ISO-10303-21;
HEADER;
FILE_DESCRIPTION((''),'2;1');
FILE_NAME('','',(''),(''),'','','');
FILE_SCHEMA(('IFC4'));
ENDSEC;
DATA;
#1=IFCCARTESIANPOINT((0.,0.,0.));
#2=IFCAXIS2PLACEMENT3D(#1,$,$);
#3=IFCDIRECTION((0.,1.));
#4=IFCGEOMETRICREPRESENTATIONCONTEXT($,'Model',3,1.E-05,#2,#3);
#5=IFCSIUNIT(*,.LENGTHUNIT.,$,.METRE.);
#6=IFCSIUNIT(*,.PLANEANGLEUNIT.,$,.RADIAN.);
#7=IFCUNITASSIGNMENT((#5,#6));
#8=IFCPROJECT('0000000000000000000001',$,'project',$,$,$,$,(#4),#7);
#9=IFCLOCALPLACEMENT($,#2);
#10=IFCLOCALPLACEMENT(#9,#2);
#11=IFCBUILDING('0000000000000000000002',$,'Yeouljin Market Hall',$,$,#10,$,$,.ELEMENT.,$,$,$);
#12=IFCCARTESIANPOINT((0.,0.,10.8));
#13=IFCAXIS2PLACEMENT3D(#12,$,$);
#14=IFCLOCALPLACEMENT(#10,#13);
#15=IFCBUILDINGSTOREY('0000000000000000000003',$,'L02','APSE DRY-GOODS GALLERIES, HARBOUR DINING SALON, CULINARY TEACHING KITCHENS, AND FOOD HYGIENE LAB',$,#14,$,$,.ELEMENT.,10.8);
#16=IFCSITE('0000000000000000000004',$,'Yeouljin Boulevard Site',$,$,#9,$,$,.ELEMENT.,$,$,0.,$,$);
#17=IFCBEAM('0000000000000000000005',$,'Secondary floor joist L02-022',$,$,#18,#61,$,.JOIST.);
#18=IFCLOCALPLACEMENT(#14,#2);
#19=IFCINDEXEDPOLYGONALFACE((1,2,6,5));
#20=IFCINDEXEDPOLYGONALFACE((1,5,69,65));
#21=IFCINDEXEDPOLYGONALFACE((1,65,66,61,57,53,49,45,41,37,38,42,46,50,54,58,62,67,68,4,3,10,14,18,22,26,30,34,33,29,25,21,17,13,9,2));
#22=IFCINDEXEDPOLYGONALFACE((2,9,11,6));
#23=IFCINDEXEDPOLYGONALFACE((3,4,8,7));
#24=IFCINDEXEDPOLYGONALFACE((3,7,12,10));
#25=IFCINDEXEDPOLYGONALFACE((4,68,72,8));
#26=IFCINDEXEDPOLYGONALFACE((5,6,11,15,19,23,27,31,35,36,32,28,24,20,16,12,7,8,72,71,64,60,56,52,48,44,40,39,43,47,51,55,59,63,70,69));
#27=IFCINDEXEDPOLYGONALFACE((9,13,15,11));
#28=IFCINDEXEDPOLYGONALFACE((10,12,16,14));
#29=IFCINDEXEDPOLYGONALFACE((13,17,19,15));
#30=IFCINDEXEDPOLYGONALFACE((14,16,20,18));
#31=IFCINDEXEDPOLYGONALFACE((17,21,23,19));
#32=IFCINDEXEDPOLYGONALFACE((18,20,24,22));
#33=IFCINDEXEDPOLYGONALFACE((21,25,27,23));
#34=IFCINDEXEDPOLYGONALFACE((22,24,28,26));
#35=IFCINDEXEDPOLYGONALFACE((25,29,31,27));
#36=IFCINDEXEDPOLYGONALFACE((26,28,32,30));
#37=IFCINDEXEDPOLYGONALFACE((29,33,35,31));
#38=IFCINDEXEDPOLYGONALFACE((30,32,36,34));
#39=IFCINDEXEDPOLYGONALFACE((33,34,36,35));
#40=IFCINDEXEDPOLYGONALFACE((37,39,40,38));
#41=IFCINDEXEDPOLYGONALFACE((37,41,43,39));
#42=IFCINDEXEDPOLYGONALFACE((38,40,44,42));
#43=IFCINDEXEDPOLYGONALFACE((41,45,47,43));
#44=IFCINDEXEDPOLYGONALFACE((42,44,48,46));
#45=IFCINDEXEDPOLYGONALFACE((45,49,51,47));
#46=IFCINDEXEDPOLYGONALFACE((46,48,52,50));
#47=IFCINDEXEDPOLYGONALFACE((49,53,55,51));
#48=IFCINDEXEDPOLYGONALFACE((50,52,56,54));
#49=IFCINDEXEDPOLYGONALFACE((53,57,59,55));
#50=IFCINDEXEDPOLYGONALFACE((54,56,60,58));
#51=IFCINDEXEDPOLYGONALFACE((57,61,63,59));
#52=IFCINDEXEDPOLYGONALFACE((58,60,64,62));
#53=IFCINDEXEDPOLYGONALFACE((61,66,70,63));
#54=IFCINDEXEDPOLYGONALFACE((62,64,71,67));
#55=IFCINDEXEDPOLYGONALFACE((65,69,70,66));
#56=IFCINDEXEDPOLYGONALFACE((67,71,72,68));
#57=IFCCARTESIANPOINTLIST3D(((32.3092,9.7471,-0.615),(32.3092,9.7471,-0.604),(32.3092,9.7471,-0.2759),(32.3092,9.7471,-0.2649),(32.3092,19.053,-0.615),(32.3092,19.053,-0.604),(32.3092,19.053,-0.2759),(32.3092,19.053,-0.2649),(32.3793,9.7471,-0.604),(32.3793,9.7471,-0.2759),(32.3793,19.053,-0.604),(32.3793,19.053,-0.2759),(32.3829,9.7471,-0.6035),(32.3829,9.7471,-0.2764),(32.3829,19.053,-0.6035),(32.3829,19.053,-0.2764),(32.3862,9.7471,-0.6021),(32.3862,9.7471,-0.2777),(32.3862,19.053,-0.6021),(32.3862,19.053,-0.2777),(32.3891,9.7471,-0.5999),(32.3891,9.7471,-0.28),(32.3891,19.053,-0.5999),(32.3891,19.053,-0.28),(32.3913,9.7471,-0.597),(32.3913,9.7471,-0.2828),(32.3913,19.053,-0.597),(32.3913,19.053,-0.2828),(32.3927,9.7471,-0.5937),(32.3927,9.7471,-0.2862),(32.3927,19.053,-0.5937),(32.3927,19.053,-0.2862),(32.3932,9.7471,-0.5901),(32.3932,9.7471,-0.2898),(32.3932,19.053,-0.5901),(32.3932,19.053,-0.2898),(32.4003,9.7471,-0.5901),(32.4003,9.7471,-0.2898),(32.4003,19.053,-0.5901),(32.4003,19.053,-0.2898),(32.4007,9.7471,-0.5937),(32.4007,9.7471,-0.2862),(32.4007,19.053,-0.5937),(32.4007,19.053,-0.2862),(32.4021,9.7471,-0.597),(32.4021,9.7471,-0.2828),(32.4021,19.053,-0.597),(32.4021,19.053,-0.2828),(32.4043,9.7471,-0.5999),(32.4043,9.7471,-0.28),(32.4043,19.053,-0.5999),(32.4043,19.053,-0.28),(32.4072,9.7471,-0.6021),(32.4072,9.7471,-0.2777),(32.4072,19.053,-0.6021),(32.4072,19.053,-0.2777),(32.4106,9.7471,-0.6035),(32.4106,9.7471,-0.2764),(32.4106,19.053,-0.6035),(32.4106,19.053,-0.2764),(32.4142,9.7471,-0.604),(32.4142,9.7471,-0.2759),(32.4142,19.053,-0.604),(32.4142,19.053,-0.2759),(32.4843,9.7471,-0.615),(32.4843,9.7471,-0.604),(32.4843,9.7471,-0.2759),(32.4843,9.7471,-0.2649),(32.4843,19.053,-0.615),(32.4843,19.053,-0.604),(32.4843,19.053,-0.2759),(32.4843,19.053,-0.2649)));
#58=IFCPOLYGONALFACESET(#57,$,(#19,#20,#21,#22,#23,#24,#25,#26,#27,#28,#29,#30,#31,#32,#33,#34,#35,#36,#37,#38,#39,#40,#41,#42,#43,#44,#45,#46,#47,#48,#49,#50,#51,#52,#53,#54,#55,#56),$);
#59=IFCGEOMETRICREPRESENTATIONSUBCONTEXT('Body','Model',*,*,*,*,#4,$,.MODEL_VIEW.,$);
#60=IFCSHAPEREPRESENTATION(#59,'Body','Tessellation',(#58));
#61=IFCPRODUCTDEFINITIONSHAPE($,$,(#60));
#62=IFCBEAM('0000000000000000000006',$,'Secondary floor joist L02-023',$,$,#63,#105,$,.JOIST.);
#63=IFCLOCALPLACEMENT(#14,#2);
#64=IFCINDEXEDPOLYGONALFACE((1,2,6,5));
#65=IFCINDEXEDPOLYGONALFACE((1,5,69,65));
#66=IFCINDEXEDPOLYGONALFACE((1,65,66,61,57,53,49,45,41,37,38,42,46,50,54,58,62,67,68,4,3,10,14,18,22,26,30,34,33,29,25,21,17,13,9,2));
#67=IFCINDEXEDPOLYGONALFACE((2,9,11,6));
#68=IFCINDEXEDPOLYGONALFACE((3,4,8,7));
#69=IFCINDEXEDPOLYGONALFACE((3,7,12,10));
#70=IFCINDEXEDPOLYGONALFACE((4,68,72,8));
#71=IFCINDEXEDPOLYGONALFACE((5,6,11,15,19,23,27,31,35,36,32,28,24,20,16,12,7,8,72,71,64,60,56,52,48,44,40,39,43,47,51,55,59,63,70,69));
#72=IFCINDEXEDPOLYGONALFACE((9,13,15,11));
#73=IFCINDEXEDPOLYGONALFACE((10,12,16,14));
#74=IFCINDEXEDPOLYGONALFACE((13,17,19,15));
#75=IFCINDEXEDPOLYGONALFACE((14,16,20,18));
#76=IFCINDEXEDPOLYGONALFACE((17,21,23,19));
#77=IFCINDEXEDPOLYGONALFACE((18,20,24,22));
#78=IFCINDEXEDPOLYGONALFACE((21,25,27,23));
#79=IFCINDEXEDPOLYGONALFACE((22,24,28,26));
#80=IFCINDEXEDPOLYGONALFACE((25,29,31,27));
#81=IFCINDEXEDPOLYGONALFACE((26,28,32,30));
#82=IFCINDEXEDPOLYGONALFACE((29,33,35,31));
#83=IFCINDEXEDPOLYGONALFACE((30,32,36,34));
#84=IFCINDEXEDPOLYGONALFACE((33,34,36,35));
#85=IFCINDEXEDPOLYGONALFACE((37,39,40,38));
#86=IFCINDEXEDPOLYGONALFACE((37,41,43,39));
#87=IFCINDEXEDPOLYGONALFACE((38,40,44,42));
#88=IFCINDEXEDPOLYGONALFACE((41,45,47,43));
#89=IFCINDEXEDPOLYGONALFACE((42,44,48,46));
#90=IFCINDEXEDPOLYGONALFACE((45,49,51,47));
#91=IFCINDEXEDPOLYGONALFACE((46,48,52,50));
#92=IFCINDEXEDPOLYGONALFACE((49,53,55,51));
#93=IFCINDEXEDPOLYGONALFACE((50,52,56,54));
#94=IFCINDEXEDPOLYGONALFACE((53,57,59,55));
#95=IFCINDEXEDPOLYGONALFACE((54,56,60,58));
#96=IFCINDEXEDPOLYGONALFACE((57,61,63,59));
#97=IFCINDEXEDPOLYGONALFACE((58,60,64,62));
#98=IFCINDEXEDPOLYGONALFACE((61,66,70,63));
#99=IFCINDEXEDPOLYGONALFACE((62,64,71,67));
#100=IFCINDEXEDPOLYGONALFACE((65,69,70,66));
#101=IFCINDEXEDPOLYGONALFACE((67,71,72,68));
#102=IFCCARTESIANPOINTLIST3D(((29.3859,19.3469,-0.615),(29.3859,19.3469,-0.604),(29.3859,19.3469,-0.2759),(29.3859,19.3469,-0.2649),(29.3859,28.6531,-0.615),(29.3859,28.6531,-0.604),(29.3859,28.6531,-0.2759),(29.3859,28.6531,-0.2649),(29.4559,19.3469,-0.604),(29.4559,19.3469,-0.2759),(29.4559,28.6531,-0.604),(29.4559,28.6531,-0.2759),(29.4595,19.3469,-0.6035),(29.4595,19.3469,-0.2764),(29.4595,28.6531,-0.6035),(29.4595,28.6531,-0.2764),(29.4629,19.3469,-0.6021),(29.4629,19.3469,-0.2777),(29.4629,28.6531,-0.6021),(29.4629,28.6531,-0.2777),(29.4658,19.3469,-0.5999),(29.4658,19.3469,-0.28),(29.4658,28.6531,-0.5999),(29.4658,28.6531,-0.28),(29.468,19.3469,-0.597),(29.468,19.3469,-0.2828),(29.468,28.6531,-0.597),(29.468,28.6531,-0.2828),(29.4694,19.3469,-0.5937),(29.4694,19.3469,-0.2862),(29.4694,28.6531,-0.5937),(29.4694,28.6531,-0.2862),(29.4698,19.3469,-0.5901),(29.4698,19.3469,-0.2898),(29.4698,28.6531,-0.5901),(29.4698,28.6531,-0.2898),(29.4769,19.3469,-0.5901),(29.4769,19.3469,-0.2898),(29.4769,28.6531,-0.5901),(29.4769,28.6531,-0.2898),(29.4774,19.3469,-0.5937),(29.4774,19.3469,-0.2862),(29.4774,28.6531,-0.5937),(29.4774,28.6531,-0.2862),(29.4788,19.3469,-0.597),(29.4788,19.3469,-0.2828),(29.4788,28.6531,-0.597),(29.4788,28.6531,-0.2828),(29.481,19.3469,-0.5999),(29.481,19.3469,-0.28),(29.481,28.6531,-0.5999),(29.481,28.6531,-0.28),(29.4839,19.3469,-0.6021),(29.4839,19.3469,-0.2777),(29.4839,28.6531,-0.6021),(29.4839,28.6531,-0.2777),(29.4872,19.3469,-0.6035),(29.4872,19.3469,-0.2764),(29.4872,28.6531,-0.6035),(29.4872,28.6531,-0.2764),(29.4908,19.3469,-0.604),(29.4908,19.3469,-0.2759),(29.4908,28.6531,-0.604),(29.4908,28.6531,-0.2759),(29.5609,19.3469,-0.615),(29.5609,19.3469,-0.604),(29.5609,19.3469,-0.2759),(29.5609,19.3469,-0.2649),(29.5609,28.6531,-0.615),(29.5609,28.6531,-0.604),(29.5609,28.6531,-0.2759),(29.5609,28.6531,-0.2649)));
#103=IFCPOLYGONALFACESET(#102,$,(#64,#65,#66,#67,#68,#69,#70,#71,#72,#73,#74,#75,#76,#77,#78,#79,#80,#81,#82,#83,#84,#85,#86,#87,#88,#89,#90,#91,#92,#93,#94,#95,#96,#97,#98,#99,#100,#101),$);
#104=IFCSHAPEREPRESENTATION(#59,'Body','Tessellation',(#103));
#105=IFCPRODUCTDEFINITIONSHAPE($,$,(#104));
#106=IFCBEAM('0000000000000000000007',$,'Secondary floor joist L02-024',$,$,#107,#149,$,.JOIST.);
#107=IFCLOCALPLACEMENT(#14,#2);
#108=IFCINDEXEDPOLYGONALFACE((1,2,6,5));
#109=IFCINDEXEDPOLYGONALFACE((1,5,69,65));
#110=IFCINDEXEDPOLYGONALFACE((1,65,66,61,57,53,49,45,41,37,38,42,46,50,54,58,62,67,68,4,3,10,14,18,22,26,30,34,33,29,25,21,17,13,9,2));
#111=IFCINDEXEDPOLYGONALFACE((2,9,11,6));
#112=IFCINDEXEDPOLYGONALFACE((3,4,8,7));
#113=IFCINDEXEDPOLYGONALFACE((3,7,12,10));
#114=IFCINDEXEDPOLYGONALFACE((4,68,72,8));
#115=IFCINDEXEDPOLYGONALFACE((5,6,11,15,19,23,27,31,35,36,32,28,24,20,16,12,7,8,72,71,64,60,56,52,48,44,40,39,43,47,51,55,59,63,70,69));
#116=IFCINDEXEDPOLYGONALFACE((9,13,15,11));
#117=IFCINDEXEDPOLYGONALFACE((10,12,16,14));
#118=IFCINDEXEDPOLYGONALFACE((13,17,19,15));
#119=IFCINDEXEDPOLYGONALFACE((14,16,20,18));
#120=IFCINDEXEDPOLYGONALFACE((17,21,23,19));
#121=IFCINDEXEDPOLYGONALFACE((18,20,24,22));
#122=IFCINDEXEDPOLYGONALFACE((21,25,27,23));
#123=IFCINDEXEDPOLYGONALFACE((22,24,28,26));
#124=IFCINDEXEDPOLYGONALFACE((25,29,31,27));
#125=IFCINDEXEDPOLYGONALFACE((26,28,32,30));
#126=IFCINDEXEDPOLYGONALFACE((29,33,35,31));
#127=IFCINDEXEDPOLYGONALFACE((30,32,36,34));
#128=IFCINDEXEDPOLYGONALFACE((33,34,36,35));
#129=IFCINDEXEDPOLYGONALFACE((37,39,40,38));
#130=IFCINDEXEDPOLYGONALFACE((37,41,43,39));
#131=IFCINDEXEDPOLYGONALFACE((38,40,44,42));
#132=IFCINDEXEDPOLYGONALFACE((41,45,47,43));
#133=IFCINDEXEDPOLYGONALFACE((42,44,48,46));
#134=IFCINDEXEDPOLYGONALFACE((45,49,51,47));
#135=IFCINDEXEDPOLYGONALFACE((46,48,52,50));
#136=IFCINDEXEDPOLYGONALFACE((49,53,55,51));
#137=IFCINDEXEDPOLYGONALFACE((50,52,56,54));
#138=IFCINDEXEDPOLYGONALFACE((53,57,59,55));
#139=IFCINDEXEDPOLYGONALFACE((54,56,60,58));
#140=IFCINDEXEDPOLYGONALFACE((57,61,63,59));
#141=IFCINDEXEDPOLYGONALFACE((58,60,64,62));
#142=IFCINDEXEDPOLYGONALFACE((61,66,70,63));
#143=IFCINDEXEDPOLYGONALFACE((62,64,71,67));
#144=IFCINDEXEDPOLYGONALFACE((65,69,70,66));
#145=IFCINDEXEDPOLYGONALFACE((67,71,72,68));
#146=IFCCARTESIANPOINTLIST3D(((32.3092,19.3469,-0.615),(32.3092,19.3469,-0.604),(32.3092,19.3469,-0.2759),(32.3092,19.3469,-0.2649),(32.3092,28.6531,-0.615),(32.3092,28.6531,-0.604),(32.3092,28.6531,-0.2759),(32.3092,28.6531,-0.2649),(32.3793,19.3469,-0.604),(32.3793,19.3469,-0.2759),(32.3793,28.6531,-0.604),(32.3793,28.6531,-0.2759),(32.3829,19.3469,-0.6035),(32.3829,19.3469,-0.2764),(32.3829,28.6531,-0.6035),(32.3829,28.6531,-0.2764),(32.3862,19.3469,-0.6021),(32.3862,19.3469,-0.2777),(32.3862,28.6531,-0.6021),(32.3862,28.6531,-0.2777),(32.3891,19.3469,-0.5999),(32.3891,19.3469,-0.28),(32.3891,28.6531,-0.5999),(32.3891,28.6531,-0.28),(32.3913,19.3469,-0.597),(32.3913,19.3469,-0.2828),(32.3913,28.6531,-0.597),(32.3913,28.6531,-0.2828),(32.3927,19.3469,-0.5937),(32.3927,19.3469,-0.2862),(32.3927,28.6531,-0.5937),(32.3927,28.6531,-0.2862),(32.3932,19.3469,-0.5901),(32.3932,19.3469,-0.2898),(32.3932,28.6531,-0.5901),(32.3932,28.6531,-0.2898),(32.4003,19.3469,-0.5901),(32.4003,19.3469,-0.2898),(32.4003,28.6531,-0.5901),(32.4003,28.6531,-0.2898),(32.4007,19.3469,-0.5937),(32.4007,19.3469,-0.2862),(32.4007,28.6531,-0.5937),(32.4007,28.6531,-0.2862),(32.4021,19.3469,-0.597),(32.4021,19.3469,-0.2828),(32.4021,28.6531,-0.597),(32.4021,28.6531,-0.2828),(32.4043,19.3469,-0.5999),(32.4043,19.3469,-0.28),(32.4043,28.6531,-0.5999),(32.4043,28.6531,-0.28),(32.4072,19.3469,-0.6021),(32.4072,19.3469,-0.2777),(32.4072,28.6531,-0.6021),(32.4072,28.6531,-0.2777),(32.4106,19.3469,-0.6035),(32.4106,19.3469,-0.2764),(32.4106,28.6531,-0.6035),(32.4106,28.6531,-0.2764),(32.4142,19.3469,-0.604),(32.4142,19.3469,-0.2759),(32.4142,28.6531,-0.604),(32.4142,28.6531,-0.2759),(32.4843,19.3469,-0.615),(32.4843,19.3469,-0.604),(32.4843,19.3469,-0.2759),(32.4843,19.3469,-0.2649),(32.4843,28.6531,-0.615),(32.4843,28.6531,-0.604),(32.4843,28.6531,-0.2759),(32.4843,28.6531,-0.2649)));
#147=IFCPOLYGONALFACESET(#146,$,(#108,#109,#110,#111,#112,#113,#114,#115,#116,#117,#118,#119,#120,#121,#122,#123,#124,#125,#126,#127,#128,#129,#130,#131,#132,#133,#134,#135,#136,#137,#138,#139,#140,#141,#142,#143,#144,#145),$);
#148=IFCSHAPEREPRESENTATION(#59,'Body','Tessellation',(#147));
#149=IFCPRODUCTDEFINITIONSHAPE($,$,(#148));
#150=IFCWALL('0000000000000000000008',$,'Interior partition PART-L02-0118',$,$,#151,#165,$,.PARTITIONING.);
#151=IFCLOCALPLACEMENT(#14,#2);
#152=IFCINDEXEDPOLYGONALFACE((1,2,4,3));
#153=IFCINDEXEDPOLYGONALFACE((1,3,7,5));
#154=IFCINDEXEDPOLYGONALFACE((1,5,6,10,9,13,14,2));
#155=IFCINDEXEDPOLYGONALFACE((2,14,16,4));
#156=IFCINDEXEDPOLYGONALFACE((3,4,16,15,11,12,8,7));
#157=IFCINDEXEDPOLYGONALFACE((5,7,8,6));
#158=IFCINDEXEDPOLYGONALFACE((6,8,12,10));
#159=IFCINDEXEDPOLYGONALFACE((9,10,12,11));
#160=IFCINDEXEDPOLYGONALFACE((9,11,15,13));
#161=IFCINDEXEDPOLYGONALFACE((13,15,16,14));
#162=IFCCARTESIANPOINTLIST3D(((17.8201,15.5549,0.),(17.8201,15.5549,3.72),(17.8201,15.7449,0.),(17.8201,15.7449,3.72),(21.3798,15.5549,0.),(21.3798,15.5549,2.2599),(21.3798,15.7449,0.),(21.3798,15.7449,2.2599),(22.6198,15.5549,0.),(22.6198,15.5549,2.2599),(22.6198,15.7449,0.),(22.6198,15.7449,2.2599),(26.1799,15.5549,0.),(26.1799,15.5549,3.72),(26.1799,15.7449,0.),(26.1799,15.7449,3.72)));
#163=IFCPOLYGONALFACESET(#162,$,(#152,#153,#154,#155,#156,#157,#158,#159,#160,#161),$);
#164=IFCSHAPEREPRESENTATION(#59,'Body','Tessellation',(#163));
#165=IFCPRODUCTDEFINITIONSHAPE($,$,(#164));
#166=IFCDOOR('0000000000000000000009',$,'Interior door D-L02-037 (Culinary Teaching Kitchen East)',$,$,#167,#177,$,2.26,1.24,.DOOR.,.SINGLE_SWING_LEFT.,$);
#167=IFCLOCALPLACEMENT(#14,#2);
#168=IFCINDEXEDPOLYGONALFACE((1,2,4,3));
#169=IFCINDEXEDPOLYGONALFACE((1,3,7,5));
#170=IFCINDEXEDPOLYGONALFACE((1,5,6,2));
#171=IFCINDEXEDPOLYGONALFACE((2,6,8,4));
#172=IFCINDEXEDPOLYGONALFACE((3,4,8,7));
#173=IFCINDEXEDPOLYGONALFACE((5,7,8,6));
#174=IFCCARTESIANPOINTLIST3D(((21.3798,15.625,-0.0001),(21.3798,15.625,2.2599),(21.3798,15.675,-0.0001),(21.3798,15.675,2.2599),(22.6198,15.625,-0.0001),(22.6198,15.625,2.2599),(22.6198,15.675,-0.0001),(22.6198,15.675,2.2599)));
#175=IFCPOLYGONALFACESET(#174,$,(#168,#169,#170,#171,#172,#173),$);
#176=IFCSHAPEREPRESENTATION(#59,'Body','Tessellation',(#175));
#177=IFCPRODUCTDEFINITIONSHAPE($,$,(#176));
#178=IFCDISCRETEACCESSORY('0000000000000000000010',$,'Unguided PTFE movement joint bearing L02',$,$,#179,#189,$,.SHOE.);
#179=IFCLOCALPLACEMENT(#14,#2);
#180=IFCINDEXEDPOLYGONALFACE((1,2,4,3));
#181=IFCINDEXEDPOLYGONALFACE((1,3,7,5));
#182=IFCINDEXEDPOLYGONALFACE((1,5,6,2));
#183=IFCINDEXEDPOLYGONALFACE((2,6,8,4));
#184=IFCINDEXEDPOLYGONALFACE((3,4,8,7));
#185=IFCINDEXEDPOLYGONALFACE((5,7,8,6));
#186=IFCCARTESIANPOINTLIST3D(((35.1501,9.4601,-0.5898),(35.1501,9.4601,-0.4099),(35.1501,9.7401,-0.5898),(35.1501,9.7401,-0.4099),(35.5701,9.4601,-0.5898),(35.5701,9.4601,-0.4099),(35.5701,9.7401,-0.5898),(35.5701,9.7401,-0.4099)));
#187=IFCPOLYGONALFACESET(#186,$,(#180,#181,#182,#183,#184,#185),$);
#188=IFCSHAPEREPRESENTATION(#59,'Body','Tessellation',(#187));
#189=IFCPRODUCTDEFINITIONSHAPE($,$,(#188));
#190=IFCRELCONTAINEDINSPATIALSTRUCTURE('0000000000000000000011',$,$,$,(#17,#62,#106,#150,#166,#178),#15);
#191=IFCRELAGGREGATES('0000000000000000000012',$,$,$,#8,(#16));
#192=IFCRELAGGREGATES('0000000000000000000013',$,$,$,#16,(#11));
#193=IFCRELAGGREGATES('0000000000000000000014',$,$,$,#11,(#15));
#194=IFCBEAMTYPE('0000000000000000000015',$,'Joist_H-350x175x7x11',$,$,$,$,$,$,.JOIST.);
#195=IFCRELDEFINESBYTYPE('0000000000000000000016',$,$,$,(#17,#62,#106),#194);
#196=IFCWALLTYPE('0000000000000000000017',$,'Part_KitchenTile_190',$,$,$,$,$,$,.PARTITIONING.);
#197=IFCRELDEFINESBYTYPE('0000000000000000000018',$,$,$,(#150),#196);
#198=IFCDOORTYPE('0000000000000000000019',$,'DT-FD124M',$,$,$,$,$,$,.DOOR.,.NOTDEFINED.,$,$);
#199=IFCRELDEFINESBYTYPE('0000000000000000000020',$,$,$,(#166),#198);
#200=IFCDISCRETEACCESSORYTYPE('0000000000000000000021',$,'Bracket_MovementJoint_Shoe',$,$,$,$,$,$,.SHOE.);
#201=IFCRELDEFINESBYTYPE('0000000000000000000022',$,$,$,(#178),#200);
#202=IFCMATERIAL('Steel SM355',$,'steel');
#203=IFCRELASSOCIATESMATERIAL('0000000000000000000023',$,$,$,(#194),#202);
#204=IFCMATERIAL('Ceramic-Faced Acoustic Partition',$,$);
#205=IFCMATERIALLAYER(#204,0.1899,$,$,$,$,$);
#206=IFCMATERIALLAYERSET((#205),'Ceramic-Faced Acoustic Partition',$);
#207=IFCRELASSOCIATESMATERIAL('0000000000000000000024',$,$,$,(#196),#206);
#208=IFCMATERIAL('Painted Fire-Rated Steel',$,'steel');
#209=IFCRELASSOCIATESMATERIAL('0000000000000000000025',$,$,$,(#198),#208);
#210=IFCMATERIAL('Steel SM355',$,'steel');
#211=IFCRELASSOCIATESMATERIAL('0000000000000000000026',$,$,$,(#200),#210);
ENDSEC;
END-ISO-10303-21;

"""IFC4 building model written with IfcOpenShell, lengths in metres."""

from ifc_helpers import new_model, si_unit, direction, frame, frame_2d, origin, origin_2d, place, context, subcontext, project, spatial, rectangle, i_section, extrude, material, layer, layer_set, material_profile, profile_set, type_object, element, fill, save


model = new_model("IFC4")

# Units and contexts
model_context = context("Model", 3, precision=1e-05, world=origin(), true_north=direction((0.0, 1.0)))
body_context = subcontext(model_context, "Body", "Model", "MODEL_VIEW")
ifc_project = project(units=[si_unit("LENGTHUNIT", "METRE"), si_unit("PLANEANGLEUNIT", "RADIAN")], contexts=[model_context])

# Site, building, storey
site_placement = place(None, origin())
site = spatial("IfcSite", under=ifc_project, at=site_placement, Name="Yeouljin Boulevard Site", CompositionType="ELEMENT", RefElevation=0.0)
building_placement = place(site_placement, origin())
building = spatial("IfcBuilding", under=site, at=building_placement, Name="Yeouljin Market Hall", CompositionType="ELEMENT")
storey_placement = place(building_placement, frame((0.0, 0.0, 10.8)))
storey = spatial("IfcBuildingStorey", under=building, at=storey_placement, Name="L02", Description="APSE DRY-GOODS GALLERIES, HARBOUR DINING SALON, CULINARY TEACHING KITCHENS, AND FOOD HYGIENE LAB", CompositionType="ELEMENT", Elevation=10.8)

# Beams
ifc_material_1 = material(Name="Steel SM355", Category="steel")
ifc_material_profile_1 = material_profile(ifc_material_1, i_section(OverallWidth=0.175, OverallDepth=0.3501, WebThickness=0.0071, FlangeThickness=0.011, FilletRadius=0.0139, at=origin_2d()), Name="H-350x175x7x11")
ifc_profile_set_1 = profile_set([ifc_material_profile_1], Name="Steel SM355")
beam_type_1 = type_object("IfcBeamType", Name="Joist_H-350x175x7x11", PredefinedType="JOIST", material=ifc_profile_set_1)
for number, where, z_axis, x_axis, name in (
    (1, (32.3967, 9.7471, -0.4399), (0.0, 1.0, 0.0), (-1.0, 0.0, 0.0), "Secondary floor joist L02-022"),
):
    element("IfcBeam", number, at=place(storey_placement, frame(where, z_axis=z_axis, x_axis=x_axis)), inside=storey, type_object=beam_type_1, Name=name, PredefinedType="JOIST", context=body_context, shape_type="SweptSolid", body=[
        extrude(i_section(OverallWidth=0.175, OverallDepth=0.3501, WebThickness=0.0071, FlangeThickness=0.011, FilletRadius=0.0139, at=origin_2d()), origin(), (0.0, 0.0, 1.0), 9.3059),
    ])
for number, where, z_axis, x_axis, name in (
    (2, (29.4734, 19.3469, -0.4399), (0.0, 1.0, 0.0), (-1.0, 0.0, 0.0), "Secondary floor joist L02-023"),
    (3, (32.3967, 19.3469, -0.4399), (0.0, 1.0, 0.0), (-1.0, 0.0, 0.0), "Secondary floor joist L02-024"),
):
    element("IfcBeam", number, at=place(storey_placement, frame(where, z_axis=z_axis, x_axis=x_axis)), inside=storey, type_object=beam_type_1, Name=name, PredefinedType="JOIST", context=body_context, shape_type="SweptSolid", body=[
        extrude(i_section(OverallWidth=0.175, OverallDepth=0.3501, WebThickness=0.0071, FlangeThickness=0.011, FilletRadius=0.0139, at=origin_2d()), origin(), (0.0, 0.0, 1.0), 9.3062),
    ])

# Wall, opening, door
ifc_material_2 = material(Name="Ceramic-Faced Acoustic Partition")
ifc_layer_1 = layer(ifc_material_2, 0.1899)
ifc_layer_set_1 = layer_set([ifc_layer_1], Name="Ceramic-Faced Acoustic Partition")
wall_type = type_object("IfcWallType", Name="Part_KitchenTile_190", PredefinedType="PARTITIONING", material=ifc_layer_set_1)
wall_placement = place(storey_placement, frame((26.1799, 15.6499, 0.0), z_axis=(0.0, 0.0, 1.0), x_axis=(-1.0, 0.0, 0.0)))
wall = element("IfcWall", 4, at=wall_placement, inside=storey, type_object=wall_type, Name="Interior partition PART-L02-0118", PredefinedType="PARTITIONING", context=body_context, shape_type="SweptSolid", body=[
    extrude(rectangle(XDim=8.3599, YDim=0.1899, at=frame_2d((4.1799, 0.0))), origin(), (0.0, 0.0, 1.0), 3.72),
])
opening_placement = place(wall_placement, frame((3.5601, 0.0, 0.0)))
opening = element("IfcOpeningElement", 5, at=opening_placement, cuts=wall, PredefinedType="OPENING", context=body_context, shape_type="SweptSolid", body=[
    extrude(rectangle(XDim=1.24, YDim=2.26, at=frame_2d((0.6201, 1.1299))), frame((0.0, 0.105, 0.0), z_axis=(0.0, -1.0, 0.0), x_axis=(1.0, 0.0, 0.0)), (0.0, 0.0, 1.0), 0.21),
])
ifc_material_3 = material(Name="Painted Fire-Rated Steel", Category="steel")
door_type = type_object("IfcDoorType", Name="DT-FD124M", OperationType="NOTDEFINED", PredefinedType="DOOR", material=ifc_material_3)
door_placement = place(opening_placement, origin())
door = element("IfcDoor", 6, at=door_placement, inside=storey, type_object=door_type, Name="Interior door D-L02-037 (Culinary Teaching Kitchen East)", OperationType="SINGLE_SWING_LEFT", OverallHeight=2.26, OverallWidth=1.24, PredefinedType="DOOR", context=body_context, shape_type="SweptSolid", body=[
    extrude(rectangle(XDim=1.24, YDim=2.26, at=frame_2d((0.6201, 1.1299))), frame((0.0, 0.0249, 0.0), z_axis=(0.0, -1.0, 0.0), x_axis=(1.0, 0.0, 0.0)), (0.0, 0.0, 1.0), 0.05),
])
fill(opening, door)

# Discrete accessory
ifc_material_4 = material(Name="Steel SM355", Category="steel")
discrete_accessory_type = type_object("IfcDiscreteAccessoryType", Name="Bracket_MovementJoint_Shoe", PredefinedType="SHOE", material=ifc_material_4)
for number, where, z_axis, x_axis, name in (
    (7, (35.3601, 9.6001, -0.5898), (0.0, 0.0, 1.0), (1.0, 0.0, 0.0), "Unguided PTFE movement joint bearing L02"),
):
    element("IfcDiscreteAccessory", number, at=place(storey_placement, frame(where, z_axis=z_axis, x_axis=x_axis)), inside=storey, type_object=discrete_accessory_type, Name=name, PredefinedType="SHOE", context=body_context, shape_type="SweptSolid", body=[
        extrude(rectangle(XDim=0.4199, YDim=0.28, at=origin_2d()), origin(), (0.0, 0.0, 1.0), 0.1799),
    ])

save(model, "model.ifc")
